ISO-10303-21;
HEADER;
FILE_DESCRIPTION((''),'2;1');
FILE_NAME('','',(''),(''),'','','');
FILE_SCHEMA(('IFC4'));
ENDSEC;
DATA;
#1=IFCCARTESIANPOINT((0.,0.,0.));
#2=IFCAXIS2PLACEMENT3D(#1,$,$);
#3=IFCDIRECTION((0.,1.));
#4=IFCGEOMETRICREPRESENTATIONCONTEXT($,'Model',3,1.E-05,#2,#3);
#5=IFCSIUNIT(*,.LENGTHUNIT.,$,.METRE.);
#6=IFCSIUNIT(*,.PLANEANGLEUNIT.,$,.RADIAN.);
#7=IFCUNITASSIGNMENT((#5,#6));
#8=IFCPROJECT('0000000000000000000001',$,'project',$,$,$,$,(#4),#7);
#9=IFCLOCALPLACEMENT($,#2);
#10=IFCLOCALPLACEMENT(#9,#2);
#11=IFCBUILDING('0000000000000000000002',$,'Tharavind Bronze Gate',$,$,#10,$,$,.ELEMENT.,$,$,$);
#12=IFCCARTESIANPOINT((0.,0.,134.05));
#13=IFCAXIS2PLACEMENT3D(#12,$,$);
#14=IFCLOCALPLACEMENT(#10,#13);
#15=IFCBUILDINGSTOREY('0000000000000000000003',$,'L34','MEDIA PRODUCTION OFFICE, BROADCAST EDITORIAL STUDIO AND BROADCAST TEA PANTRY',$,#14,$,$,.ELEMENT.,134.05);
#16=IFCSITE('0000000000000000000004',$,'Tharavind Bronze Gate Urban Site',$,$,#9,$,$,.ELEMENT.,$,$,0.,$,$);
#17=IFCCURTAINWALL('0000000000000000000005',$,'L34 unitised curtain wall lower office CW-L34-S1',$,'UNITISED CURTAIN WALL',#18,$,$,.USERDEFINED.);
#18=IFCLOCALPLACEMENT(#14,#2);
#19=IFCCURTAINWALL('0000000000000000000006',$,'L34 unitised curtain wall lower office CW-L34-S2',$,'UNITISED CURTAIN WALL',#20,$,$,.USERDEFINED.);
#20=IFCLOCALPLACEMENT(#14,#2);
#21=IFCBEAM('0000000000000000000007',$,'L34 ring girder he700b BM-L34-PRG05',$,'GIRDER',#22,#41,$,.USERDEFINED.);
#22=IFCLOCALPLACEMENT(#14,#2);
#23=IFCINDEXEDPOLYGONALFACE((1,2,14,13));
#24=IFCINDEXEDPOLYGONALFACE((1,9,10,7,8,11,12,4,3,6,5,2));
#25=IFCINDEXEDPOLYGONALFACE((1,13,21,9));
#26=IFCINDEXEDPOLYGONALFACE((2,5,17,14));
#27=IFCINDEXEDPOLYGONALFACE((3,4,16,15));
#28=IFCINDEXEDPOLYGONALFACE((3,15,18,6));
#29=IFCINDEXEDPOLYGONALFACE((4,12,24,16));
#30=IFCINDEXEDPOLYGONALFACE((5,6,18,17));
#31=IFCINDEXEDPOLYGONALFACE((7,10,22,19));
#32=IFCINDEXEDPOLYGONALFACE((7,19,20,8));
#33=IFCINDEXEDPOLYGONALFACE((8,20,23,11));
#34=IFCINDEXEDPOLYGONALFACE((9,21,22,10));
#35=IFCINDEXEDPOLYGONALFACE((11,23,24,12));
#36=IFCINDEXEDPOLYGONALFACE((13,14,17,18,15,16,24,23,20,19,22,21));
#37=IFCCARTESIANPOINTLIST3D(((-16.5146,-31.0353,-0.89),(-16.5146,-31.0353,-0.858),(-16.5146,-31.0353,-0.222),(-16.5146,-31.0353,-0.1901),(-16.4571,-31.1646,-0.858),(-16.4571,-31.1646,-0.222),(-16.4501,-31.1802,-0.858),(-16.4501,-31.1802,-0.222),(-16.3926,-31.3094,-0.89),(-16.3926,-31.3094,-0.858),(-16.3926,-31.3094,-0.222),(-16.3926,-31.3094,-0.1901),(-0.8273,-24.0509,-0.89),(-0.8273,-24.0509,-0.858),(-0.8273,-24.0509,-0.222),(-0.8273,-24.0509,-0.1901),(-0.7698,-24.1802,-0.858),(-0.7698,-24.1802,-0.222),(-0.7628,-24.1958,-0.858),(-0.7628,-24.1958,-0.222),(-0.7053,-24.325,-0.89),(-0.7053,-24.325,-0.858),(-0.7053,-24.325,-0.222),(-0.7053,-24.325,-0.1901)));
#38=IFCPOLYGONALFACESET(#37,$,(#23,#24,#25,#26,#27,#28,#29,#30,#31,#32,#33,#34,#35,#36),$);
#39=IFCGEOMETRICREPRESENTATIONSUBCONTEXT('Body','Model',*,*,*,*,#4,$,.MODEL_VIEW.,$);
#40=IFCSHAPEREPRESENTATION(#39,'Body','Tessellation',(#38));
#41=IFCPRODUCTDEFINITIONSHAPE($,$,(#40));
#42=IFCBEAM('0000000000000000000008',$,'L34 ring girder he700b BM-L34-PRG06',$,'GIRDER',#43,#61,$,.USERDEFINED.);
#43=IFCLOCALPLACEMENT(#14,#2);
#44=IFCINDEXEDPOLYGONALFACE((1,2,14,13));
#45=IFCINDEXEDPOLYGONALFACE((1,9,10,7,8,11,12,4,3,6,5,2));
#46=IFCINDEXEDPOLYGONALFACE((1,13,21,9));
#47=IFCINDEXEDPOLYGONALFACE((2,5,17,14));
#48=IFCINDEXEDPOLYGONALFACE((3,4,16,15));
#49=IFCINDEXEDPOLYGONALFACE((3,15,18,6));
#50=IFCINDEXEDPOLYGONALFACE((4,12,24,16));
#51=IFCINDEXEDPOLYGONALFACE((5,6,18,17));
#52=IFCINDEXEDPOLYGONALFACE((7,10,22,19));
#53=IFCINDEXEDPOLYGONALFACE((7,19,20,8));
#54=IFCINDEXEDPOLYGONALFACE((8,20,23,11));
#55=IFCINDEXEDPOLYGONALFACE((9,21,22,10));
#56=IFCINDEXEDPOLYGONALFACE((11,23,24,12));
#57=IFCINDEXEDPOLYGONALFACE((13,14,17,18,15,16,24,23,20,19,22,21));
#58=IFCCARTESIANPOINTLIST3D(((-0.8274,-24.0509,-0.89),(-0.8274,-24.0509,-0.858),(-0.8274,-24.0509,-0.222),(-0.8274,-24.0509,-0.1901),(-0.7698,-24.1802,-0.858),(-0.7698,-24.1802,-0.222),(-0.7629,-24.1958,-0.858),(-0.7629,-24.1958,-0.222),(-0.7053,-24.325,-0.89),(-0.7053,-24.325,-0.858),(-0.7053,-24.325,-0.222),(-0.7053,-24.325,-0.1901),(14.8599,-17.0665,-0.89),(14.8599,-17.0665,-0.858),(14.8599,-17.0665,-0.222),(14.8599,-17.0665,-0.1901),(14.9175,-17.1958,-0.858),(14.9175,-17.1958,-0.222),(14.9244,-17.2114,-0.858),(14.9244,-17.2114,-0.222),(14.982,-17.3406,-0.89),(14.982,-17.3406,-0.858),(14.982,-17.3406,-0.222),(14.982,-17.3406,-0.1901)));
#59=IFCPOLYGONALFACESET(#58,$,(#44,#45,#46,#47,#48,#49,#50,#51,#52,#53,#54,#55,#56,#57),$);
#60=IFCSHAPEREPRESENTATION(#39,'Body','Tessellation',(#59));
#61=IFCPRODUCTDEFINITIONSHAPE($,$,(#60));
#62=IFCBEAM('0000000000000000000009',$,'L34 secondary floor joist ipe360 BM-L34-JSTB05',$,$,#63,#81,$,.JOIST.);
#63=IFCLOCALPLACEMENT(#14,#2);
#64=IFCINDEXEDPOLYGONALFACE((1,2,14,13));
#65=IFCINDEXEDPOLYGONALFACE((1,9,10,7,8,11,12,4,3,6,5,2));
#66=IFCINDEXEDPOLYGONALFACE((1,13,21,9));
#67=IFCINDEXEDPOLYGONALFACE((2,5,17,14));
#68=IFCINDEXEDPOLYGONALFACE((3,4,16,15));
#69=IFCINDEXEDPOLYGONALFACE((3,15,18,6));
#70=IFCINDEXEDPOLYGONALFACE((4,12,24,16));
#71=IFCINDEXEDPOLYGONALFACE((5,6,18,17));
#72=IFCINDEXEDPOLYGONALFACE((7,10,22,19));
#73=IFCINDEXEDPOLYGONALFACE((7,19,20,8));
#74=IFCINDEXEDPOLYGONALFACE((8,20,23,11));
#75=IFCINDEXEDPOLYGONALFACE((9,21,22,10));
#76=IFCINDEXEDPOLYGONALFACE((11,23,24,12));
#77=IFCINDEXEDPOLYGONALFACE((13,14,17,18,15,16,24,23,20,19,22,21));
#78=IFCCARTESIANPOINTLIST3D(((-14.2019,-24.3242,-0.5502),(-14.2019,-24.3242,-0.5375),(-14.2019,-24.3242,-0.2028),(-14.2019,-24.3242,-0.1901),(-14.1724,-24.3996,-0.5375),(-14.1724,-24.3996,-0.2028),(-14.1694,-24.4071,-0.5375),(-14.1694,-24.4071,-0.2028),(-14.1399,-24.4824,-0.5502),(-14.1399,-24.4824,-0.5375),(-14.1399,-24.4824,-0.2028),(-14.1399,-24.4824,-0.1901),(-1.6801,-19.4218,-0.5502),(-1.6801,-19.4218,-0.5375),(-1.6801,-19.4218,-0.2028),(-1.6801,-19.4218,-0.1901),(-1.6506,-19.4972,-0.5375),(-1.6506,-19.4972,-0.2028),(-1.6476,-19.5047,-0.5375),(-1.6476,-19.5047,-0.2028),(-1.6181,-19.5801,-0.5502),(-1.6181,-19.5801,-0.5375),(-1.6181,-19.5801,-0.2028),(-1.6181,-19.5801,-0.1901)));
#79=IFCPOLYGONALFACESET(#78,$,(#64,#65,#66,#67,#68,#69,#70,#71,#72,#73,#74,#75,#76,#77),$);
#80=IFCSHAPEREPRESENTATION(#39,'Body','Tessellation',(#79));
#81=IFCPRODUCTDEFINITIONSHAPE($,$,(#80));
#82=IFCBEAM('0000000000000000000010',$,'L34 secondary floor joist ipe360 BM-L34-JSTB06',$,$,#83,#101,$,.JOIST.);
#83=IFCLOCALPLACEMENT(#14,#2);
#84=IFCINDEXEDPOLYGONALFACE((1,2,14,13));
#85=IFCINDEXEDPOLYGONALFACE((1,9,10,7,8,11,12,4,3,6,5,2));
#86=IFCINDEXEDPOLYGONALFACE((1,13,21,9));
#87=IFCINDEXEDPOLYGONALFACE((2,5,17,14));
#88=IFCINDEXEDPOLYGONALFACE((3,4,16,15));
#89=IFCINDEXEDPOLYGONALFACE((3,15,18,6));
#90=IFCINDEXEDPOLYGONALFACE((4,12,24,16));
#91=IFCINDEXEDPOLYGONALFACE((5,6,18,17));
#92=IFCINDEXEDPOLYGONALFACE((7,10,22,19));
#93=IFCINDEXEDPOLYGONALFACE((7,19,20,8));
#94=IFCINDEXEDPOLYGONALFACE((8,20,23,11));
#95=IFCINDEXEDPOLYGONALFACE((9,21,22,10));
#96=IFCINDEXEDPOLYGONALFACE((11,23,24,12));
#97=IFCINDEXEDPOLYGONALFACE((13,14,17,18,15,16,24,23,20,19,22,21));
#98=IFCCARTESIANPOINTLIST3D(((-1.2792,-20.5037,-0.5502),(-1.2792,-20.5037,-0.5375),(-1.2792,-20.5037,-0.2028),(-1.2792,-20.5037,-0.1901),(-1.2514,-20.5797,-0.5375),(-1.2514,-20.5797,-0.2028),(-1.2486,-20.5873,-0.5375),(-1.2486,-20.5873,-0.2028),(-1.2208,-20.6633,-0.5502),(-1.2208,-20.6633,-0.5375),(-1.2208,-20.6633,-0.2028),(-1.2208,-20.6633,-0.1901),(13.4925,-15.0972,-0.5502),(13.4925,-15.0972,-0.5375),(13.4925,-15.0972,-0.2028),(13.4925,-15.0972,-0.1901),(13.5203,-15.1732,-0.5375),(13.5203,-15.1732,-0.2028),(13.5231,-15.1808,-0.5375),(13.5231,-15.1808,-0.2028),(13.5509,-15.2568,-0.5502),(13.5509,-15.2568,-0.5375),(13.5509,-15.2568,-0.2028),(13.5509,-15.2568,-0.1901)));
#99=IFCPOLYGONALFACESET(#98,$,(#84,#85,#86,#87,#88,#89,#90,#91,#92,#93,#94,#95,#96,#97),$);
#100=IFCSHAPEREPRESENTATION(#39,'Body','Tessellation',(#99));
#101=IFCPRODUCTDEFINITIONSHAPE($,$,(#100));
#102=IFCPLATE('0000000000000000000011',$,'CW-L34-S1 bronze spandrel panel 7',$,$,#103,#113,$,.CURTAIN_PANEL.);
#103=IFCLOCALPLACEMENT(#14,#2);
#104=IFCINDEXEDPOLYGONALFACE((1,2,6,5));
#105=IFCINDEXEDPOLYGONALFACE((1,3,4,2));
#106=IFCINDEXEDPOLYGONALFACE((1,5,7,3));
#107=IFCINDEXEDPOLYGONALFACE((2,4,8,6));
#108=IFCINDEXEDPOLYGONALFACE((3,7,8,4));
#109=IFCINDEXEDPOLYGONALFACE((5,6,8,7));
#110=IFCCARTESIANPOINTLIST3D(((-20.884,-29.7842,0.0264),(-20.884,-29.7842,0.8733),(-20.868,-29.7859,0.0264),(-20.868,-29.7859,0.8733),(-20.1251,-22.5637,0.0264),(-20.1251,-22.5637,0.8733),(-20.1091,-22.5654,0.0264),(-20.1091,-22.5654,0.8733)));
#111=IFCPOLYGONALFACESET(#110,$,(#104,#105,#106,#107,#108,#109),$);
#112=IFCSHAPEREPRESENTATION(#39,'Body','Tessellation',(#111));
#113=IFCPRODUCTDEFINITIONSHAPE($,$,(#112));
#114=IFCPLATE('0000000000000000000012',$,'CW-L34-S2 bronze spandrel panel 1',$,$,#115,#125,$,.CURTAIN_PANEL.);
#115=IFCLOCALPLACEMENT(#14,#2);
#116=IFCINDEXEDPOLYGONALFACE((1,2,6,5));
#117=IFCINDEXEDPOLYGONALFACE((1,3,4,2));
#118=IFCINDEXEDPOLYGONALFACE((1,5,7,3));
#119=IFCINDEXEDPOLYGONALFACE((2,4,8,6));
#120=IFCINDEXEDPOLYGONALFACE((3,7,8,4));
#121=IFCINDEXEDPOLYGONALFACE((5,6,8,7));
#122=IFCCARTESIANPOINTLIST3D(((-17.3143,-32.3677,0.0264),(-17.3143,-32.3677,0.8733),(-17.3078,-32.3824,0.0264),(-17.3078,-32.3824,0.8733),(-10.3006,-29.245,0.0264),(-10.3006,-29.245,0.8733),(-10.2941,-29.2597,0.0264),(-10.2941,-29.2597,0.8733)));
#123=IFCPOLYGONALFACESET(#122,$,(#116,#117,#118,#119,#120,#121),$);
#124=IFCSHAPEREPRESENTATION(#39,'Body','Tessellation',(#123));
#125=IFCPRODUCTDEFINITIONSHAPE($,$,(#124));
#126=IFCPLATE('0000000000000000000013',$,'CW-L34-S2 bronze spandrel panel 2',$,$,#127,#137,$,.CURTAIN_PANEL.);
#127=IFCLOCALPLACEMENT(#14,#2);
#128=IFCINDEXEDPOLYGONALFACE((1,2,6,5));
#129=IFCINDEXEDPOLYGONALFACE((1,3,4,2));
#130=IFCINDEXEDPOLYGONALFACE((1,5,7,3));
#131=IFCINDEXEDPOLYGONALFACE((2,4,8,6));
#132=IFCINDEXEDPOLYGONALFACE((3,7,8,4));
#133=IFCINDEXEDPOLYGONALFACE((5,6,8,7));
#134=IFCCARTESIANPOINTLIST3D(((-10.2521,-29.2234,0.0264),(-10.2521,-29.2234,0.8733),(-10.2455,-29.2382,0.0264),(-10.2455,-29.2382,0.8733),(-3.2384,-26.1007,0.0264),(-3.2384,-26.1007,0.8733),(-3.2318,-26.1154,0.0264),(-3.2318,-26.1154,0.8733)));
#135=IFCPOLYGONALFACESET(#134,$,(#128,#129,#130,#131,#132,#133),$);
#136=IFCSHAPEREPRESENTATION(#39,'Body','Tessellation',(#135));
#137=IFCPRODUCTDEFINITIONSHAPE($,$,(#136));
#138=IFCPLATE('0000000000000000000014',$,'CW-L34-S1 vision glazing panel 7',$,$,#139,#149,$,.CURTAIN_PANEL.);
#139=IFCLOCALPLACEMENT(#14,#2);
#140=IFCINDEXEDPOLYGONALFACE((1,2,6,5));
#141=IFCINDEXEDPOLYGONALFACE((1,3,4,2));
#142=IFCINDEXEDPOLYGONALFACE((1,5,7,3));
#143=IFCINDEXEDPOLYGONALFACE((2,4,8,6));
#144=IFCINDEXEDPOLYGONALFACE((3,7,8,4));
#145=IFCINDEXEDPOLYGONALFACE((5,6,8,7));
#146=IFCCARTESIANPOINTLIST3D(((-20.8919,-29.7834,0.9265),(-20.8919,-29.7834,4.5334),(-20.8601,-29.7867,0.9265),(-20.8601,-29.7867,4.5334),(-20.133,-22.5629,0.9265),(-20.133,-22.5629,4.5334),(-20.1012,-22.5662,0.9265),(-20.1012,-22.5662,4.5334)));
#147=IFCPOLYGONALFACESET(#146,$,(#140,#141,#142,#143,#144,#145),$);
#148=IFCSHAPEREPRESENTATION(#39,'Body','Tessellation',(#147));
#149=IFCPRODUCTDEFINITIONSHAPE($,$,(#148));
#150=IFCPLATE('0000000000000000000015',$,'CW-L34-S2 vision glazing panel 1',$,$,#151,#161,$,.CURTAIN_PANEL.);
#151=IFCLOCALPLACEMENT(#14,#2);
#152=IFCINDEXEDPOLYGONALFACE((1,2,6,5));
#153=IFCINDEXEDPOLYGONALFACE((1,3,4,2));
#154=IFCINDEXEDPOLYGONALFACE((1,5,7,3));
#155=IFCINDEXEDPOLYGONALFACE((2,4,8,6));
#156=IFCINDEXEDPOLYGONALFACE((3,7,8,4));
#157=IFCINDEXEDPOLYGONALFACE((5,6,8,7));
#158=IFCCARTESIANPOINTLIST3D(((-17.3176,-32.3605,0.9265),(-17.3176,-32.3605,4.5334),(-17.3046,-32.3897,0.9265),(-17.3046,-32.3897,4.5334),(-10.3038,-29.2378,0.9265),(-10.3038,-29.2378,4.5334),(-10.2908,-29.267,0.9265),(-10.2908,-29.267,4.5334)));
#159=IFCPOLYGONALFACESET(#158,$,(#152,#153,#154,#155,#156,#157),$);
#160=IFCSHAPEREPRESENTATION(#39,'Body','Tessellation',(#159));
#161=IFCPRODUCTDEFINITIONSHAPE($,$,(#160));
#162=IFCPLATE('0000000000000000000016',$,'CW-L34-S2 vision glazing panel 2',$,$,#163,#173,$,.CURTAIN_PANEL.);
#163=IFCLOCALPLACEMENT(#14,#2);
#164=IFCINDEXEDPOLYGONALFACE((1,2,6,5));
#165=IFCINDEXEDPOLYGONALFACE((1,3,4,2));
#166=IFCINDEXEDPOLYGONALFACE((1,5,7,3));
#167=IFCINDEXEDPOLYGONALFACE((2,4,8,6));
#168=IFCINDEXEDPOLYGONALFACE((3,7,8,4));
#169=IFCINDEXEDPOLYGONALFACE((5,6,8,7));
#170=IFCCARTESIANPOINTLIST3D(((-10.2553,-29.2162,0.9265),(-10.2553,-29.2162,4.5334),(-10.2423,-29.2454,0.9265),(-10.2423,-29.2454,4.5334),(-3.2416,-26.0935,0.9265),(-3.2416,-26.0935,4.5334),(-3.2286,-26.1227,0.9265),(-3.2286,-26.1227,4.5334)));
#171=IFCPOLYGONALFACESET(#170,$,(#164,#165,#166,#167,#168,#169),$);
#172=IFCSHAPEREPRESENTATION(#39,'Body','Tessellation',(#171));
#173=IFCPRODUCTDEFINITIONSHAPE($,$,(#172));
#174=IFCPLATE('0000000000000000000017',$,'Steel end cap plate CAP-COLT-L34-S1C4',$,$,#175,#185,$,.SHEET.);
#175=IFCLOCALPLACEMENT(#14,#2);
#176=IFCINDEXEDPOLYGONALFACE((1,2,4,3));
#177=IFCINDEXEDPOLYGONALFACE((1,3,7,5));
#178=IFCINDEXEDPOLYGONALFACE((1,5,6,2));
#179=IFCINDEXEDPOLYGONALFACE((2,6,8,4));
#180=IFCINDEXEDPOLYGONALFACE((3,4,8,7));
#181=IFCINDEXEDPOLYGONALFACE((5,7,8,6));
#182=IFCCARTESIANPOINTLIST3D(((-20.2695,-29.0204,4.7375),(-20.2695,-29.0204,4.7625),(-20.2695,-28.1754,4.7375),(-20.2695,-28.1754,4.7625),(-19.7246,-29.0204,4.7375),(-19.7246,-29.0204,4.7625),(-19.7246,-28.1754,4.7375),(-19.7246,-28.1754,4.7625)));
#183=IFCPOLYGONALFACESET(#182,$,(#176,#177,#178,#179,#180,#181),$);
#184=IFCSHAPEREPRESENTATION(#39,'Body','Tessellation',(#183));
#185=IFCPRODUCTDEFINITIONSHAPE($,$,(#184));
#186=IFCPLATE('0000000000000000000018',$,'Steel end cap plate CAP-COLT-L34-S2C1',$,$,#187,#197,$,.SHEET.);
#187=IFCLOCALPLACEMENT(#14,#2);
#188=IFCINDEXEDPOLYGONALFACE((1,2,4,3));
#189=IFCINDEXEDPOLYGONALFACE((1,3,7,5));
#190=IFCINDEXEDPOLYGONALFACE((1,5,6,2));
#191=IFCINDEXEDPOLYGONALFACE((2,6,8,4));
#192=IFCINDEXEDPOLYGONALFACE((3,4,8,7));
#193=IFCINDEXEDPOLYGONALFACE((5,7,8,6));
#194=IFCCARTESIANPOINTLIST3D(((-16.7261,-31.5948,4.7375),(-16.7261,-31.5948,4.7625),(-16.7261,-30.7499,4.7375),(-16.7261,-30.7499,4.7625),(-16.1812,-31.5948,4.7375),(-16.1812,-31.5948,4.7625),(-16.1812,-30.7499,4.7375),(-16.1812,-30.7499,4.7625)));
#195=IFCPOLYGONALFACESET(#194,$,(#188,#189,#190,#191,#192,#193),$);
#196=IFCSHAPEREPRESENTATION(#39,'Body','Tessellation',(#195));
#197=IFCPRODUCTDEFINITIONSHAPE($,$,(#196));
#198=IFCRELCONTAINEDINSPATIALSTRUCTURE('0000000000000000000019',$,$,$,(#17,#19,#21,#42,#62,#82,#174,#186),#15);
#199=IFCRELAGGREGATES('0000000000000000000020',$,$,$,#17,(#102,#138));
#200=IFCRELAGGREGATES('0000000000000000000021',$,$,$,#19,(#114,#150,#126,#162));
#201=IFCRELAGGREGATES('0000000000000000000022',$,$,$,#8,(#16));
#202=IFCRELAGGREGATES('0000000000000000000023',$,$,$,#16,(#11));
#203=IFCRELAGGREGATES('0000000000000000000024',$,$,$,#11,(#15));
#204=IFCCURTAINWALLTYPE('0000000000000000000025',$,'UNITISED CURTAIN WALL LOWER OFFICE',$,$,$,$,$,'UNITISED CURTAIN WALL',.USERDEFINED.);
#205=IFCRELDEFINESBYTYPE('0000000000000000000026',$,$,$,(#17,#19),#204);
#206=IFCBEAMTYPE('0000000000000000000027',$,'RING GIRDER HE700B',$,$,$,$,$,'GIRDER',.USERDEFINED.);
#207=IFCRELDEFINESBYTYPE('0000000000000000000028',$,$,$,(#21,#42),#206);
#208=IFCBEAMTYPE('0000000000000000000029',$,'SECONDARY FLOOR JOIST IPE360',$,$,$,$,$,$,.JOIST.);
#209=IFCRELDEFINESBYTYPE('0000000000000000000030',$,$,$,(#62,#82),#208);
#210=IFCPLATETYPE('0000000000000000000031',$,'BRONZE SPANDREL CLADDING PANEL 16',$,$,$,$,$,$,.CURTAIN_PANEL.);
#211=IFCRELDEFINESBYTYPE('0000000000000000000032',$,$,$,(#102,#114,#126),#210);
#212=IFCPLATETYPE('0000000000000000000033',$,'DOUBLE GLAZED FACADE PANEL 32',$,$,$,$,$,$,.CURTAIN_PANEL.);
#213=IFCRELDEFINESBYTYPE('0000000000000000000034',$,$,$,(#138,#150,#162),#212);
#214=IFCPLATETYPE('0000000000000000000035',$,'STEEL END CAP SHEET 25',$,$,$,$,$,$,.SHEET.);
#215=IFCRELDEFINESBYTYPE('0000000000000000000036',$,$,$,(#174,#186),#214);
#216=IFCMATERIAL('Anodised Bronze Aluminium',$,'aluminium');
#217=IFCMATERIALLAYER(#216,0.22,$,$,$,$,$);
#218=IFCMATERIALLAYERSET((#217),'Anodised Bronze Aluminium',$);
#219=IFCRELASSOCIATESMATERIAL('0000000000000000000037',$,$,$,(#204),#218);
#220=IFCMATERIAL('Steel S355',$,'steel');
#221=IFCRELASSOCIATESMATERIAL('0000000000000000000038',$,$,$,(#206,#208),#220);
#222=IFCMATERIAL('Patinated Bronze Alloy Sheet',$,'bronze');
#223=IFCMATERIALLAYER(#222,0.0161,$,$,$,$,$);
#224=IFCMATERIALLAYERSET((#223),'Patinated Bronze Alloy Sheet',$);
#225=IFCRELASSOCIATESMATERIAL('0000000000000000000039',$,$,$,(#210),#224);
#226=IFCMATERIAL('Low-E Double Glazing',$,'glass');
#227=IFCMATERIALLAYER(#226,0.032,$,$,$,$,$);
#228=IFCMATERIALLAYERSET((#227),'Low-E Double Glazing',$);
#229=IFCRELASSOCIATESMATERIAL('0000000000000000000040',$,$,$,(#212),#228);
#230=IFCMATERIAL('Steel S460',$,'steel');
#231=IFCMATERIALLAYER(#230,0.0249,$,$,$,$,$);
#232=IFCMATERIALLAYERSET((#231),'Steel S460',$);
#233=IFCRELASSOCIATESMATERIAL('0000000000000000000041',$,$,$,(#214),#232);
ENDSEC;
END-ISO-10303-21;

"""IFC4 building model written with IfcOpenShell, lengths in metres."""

from ifc_helpers import new_model, si_unit, direction, frame, origin, origin_2d, place, context, subcontext, project, spatial, rectangle, i_section, extrude, material, layer, layer_set, material_profile, profile_set, type_object, element, aggregate, save


model = new_model("IFC4")

# Units and contexts
model_context = context("Model", 3, precision=1e-05, world=origin(), true_north=direction((0.0, 1.0)))
body_context = subcontext(model_context, "Body", "Model", "MODEL_VIEW")
ifc_project = project(units=[si_unit("LENGTHUNIT", "METRE"), si_unit("PLANEANGLEUNIT", "RADIAN")], contexts=[model_context])

# Site, building, storey
site_placement = place(None, origin())
site = spatial("IfcSite", under=ifc_project, at=site_placement, Name="Tharavind Bronze Gate Urban Site", CompositionType="ELEMENT", RefElevation=0.0)
building_placement = place(site_placement, origin())
building = spatial("IfcBuilding", under=site, at=building_placement, Name="Tharavind Bronze Gate", CompositionType="ELEMENT")
storey_placement = place(building_placement, frame((0.0, 0.0, 134.05)))
storey = spatial("IfcBuildingStorey", under=building, at=storey_placement, Name="L34", Description="MEDIA PRODUCTION OFFICE, BROADCAST EDITORIAL STUDIO AND BROADCAST TEA PANTRY", CompositionType="ELEMENT", Elevation=134.05)

# Shared definitions
ifc_material_1 = material(Name="Steel S460", Category="steel")

# Curtain walls
ifc_material_2 = material(Name="Anodised Bronze Aluminium", Category="aluminium")
ifc_layer_1 = layer(ifc_material_2, 0.22)
ifc_layer_set_1 = layer_set([ifc_layer_1], Name="Anodised Bronze Aluminium")
curtain_wall_type = type_object("IfcCurtainWallType", Name="UNITISED CURTAIN WALL LOWER OFFICE", ElementType="UNITISED CURTAIN WALL", PredefinedType="USERDEFINED", material=ifc_layer_set_1)
curtain_wall_1_placement = place(storey_placement, origin())
curtain_wall_1 = element("IfcCurtainWall", 1, at=curtain_wall_1_placement, inside=storey, type_object=curtain_wall_type, Name="L34 unitised curtain wall lower office CW-L34-S1", ObjectType="UNITISED CURTAIN WALL", PredefinedType="USERDEFINED")
curtain_wall_2_placement = place(storey_placement, origin())
curtain_wall_2 = element("IfcCurtainWall", 2, at=curtain_wall_2_placement, inside=storey, type_object=curtain_wall_type, Name="L34 unitised curtain wall lower office CW-L34-S2", ObjectType="UNITISED CURTAIN WALL", PredefinedType="USERDEFINED")

# Beams
ifc_material_3 = material(Name="Steel S355", Category="steel")
ifc_material_profile_1 = material_profile(ifc_material_3, i_section(OverallWidth=0.3, OverallDepth=0.7, WebThickness=0.0171, FlangeThickness=0.032, at=origin_2d()), Name="HE700B")
ifc_profile_set_1 = profile_set([ifc_material_profile_1], Name="Steel S355")
beam_type_1 = type_object("IfcBeamType", Name="RING GIRDER HE700B", ElementType="GIRDER", PredefinedType="USERDEFINED", material=ifc_profile_set_1)
for number, where, z_axis, x_axis, name in (
    (3, (-16.4536, -31.1724, -0.54), (0.913546, 0.406735, 0.0), (-0.406735, 0.913546, 0.0), "L34 ring girder he700b BM-L34-PRG05"),
    (4, (-0.7664, -24.188, -0.54), (0.913546, 0.406735, 0.0), (-0.406735, 0.913546, 0.0), "L34 ring girder he700b BM-L34-PRG06"),
):
    element("IfcBeam", number, at=place(storey_placement, frame(where, z_axis=z_axis, x_axis=x_axis)), inside=storey, type_object=beam_type_1, Name=name, ObjectType="GIRDER", PredefinedType="USERDEFINED", context=body_context, shape_type="SweptSolid", body=[
        extrude(i_section(OverallWidth=0.3, OverallDepth=0.7, WebThickness=0.0171, FlangeThickness=0.032, at=origin_2d()), origin(), (0.0, 0.0, 1.0), 17.1719),
    ])
ifc_material_profile_2 = material_profile(ifc_material_3, i_section(OverallWidth=0.1699, OverallDepth=0.3601, WebThickness=0.0081, FlangeThickness=0.0127, at=origin_2d()), Name="IPE360")
ifc_profile_set_2 = profile_set([ifc_material_profile_2], Name="Steel S355")
beam_type_2 = type_object("IfcBeamType", Name="SECONDARY FLOOR JOIST IPE360", PredefinedType="JOIST", material=ifc_profile_set_2)
beam_1_placement = place(storey_placement, frame((-14.1709, -24.4033, -0.3701), z_axis=(0.931179, 0.364563, 0.0), x_axis=(-0.364563, 0.931179, 0.0)))
element("IfcBeam", 5, at=beam_1_placement, inside=storey, type_object=beam_type_2, Name="L34 secondary floor joist ipe360 BM-L34-JSTB05", PredefinedType="JOIST", context=body_context, shape_type="SweptSolid", body=[
    extrude(i_section(OverallWidth=0.1699, OverallDepth=0.3601, WebThickness=0.0081, FlangeThickness=0.0127, at=origin_2d()), origin(), (0.0, 0.0, 1.0), 13.4473),
])
beam_2_placement = place(storey_placement, frame((-1.25, -20.5835, -0.3701), z_axis=(0.939078, 0.343705, 0.0), x_axis=(-0.343705, 0.939078, 0.0)))
element("IfcBeam", 6, at=beam_2_placement, inside=storey, type_object=beam_type_2, Name="L34 secondary floor joist ipe360 BM-L34-JSTB06", PredefinedType="JOIST", context=body_context, shape_type="SweptSolid", body=[
    extrude(i_section(OverallWidth=0.1699, OverallDepth=0.3601, WebThickness=0.0081, FlangeThickness=0.0127, at=origin_2d()), origin(), (0.0, 0.0, 1.0), 15.73),
])

# Plates
ifc_material_4 = material(Name="Patinated Bronze Alloy Sheet", Category="bronze")
ifc_layer_2 = layer(ifc_material_4, 0.0161)
ifc_layer_set_2 = layer_set([ifc_layer_2], Name="Patinated Bronze Alloy Sheet")
plate_type_1 = type_object("IfcPlateType", Name="BRONZE SPANDREL CLADDING PANEL 16", PredefinedType="CURTAIN_PANEL", material=ifc_layer_set_2)
plate_1_placement = place(storey_placement, frame((-20.4966, -26.1748, 0.0264), z_axis=(0.0, 0.0, 1.0), x_axis=(-0.104527, -0.994522, 0.0)))
plate_1 = element("IfcPlate", 7, at=plate_1_placement, type_object=plate_type_1, Name="CW-L34-S1 bronze spandrel panel 7", PredefinedType="CURTAIN_PANEL", context=body_context, shape_type="SweptSolid", body=[
    extrude(rectangle(XDim=7.2603, YDim=0.0161, at=origin_2d()), origin(), (0.0, 0.0, 1.0), 0.8469),
])
plate_2_placement = place(storey_placement, frame((-13.8042, -30.8137, 0.0264), z_axis=(0.0, 0.0, 1.0), x_axis=(0.913545, 0.406737, 0.0)))
plate_2 = element("IfcPlate", 8, at=plate_2_placement, type_object=plate_type_1, Name="CW-L34-S2 bronze spandrel panel 1", PredefinedType="CURTAIN_PANEL", context=body_context, shape_type="SweptSolid", body=[
    extrude(rectangle(XDim=7.6775, YDim=0.0161, at=origin_2d()), origin(), (0.0, 0.0, 1.0), 0.8469),
])
plate_3_placement = place(storey_placement, frame((-6.7419, -27.6694, 0.0264), z_axis=(0.0, 0.0, 1.0), x_axis=(0.913545, 0.406737, 0.0)))
plate_3 = element("IfcPlate", 9, at=plate_3_placement, type_object=plate_type_1, Name="CW-L34-S2 bronze spandrel panel 2", PredefinedType="CURTAIN_PANEL", context=body_context, shape_type="SweptSolid", body=[
    extrude(rectangle(XDim=7.6775, YDim=0.0161, at=origin_2d()), origin(), (0.0, 0.0, 1.0), 0.8469),
])
ifc_material_5 = material(Name="Low-E Double Glazing", Category="glass")
ifc_layer_3 = layer(ifc_material_5, 0.032)
ifc_layer_set_3 = layer_set([ifc_layer_3], Name="Low-E Double Glazing")
plate_type_2 = type_object("IfcPlateType", Name="DOUBLE GLAZED FACADE PANEL 32", PredefinedType="CURTAIN_PANEL", material=ifc_layer_set_3)
plate_4_placement = place(storey_placement, frame((-20.4966, -26.1748, 0.9265), z_axis=(0.0, 0.0, 1.0), x_axis=(-0.104527, -0.994522, 0.0)))
plate_4 = element("IfcPlate", 10, at=plate_4_placement, type_object=plate_type_2, Name="CW-L34-S1 vision glazing panel 7", PredefinedType="CURTAIN_PANEL", context=body_context, shape_type="SweptSolid", body=[
    extrude(rectangle(XDim=7.2603, YDim=0.032, at=origin_2d()), origin(), (0.0, 0.0, 1.0), 3.6069),
])
aggregate(curtain_wall_1, [plate_1, plate_4])
plate_5_placement = place(storey_placement, frame((-13.8042, -30.8137, 0.9265), z_axis=(0.0, 0.0, 1.0), x_axis=(0.913545, 0.406737, 0.0)))
plate_5 = element("IfcPlate", 11, at=plate_5_placement, type_object=plate_type_2, Name="CW-L34-S2 vision glazing panel 1", PredefinedType="CURTAIN_PANEL", context=body_context, shape_type="SweptSolid", body=[
    extrude(rectangle(XDim=7.6775, YDim=0.032, at=origin_2d()), origin(), (0.0, 0.0, 1.0), 3.6069),
])
plate_6_placement = place(storey_placement, frame((-6.7419, -27.6694, 0.9265), z_axis=(0.0, 0.0, 1.0), x_axis=(0.913545, 0.406737, 0.0)))
plate_6 = element("IfcPlate", 12, at=plate_6_placement, type_object=plate_type_2, Name="CW-L34-S2 vision glazing panel 2", PredefinedType="CURTAIN_PANEL", context=body_context, shape_type="SweptSolid", body=[
    extrude(rectangle(XDim=7.6775, YDim=0.032, at=origin_2d()), origin(), (0.0, 0.0, 1.0), 3.6069),
])
aggregate(curtain_wall_2, [plate_2, plate_5, plate_3, plate_6])

# Plates
ifc_layer_4 = layer(ifc_material_1, 0.0249)
ifc_layer_set_4 = layer_set([ifc_layer_4], Name="Steel S460")
plate_type_3 = type_object("IfcPlateType", Name="STEEL END CAP SHEET 25", PredefinedType="SHEET", material=ifc_layer_set_4)
for number, where, z_axis, x_axis, name in (
    (13, (-19.9971, -28.5979, 4.7375), (0.0, 0.0, 1.0), (1.0, 0.0, 0.0), "Steel end cap plate CAP-COLT-L34-S1C4"),
    (14, (-16.4536, -31.1724, 4.7375), (0.0, 0.0, 1.0), (1.0, 0.0, 0.0), "Steel end cap plate CAP-COLT-L34-S2C1"),
):
    element("IfcPlate", number, at=place(storey_placement, frame(where, z_axis=z_axis, x_axis=x_axis)), inside=storey, type_object=plate_type_3, Name=name, PredefinedType="SHEET", context=body_context, shape_type="SweptSolid", body=[
        extrude(rectangle(XDim=0.5449, YDim=0.845, at=origin_2d()), origin(), (0.0, 0.0, 1.0), 0.0249),
    ])

save(model, "model.ifc")
